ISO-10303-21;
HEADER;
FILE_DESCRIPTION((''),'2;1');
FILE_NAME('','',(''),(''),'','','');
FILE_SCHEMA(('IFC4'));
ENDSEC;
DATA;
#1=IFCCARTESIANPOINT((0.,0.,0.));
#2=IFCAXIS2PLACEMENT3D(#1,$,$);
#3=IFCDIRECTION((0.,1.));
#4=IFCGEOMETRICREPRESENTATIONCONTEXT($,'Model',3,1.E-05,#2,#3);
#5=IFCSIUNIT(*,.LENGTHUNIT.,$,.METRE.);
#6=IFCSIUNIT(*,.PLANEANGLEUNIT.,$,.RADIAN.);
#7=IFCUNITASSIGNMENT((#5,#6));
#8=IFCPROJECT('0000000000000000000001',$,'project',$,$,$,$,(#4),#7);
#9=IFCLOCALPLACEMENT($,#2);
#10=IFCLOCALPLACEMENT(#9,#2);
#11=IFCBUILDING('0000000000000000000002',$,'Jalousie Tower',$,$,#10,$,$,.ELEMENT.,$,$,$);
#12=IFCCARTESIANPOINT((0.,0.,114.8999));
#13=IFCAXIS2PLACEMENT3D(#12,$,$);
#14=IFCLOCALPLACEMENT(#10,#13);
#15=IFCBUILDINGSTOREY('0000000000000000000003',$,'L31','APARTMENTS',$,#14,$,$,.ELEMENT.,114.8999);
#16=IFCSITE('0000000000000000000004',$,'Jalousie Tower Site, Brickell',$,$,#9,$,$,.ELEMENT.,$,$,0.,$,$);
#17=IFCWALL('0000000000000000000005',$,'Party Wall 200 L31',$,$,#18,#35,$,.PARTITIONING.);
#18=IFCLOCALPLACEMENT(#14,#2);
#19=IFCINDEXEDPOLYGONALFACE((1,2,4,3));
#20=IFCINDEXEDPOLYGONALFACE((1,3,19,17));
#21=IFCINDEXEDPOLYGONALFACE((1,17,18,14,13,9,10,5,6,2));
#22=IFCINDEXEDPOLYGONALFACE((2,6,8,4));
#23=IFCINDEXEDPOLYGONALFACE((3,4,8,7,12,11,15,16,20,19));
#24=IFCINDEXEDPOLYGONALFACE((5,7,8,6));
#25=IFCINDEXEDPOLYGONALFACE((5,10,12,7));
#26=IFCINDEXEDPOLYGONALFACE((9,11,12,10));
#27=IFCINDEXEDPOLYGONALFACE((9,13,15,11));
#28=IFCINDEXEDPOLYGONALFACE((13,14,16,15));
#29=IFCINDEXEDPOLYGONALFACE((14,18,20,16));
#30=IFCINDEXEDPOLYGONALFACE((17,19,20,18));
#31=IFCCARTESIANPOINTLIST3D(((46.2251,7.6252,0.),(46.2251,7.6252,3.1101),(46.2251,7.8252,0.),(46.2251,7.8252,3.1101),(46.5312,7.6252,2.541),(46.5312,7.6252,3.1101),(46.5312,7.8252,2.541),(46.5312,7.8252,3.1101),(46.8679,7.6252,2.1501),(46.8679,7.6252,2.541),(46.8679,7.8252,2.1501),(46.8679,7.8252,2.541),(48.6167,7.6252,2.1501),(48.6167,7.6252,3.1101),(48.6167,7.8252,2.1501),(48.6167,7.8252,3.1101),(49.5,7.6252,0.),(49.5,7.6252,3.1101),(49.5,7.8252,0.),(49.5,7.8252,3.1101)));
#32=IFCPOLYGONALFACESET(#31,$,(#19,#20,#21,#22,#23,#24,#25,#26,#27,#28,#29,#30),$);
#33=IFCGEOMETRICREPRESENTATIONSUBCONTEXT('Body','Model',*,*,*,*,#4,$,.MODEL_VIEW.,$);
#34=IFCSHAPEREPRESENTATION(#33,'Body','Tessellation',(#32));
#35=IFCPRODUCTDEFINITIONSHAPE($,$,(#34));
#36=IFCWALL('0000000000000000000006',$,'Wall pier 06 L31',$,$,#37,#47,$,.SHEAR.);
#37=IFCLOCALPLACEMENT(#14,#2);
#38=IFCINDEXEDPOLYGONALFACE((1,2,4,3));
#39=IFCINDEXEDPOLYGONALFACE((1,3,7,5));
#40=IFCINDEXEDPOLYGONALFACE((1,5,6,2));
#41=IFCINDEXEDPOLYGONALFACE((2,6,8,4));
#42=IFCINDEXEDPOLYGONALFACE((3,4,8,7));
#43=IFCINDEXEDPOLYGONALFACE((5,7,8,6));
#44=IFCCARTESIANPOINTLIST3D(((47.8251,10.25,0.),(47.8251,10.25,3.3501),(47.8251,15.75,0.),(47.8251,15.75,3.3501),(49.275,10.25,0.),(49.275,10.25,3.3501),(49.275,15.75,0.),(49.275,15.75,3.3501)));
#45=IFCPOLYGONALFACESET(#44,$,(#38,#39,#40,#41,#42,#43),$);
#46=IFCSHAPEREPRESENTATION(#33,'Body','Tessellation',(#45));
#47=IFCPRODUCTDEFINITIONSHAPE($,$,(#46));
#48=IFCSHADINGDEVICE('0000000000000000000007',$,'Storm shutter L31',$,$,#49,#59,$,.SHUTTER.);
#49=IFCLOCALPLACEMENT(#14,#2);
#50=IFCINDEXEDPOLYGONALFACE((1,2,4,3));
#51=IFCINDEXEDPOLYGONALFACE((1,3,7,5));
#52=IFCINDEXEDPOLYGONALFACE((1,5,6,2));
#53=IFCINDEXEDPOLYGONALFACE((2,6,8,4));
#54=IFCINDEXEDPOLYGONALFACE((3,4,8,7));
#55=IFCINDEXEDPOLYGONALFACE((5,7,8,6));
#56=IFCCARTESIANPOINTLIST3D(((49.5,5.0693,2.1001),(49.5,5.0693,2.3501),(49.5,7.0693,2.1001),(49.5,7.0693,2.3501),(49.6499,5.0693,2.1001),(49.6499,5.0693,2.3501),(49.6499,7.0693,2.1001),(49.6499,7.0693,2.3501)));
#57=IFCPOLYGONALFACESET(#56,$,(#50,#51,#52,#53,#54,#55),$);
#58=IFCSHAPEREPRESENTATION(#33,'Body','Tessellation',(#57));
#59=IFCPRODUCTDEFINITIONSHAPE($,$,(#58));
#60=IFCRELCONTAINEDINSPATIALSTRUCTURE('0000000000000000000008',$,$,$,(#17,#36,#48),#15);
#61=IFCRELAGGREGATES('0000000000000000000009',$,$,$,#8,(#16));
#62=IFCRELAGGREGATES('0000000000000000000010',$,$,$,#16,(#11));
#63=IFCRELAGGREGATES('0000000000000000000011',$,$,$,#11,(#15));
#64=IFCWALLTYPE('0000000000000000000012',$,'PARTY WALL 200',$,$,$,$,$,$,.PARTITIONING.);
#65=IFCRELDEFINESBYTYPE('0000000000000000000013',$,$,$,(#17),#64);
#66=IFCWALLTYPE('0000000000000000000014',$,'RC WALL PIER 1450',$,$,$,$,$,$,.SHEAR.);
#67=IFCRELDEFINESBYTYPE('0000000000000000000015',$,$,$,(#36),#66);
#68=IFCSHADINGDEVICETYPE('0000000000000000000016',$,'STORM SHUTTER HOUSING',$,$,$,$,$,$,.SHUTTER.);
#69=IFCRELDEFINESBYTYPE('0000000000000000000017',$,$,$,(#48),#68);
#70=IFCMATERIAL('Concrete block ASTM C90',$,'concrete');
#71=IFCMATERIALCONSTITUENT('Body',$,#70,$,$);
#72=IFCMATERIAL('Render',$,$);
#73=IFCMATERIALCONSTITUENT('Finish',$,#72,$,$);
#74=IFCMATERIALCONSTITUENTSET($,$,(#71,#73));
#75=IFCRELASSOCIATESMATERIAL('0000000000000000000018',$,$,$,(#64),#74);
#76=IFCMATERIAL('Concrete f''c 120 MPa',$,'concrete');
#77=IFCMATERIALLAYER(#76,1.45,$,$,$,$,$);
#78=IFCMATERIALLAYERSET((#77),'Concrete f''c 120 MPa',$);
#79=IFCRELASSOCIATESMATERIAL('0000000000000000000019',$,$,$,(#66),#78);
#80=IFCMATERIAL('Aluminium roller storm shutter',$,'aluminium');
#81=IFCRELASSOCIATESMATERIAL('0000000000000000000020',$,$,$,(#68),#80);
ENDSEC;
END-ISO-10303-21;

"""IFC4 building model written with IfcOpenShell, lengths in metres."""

from ifc_helpers import new_model, si_unit, direction, frame, frame_2d, origin, origin_2d, place, context, subcontext, project, spatial, polyline, rectangle, outline, extrude, material, layer, layer_set, constituent, constituent_set, type_object, element, save


model = new_model("IFC4")

# Units and contexts
model_context = context("Model", 3, precision=1e-05, world=origin(), true_north=direction((0.0, 1.0)))
body_context = subcontext(model_context, "Body", "Model", "MODEL_VIEW")
ifc_project = project(units=[si_unit("LENGTHUNIT", "METRE"), si_unit("PLANEANGLEUNIT", "RADIAN")], contexts=[model_context])

# Site, building, storey
site_placement = place(None, origin())
site = spatial("IfcSite", under=ifc_project, at=site_placement, Name="Jalousie Tower Site, Brickell", CompositionType="ELEMENT", RefElevation=0.0)
building_placement = place(site_placement, origin())
building = spatial("IfcBuilding", under=site, at=building_placement, Name="Jalousie Tower", CompositionType="ELEMENT")
storey_placement = place(building_placement, frame((0.0, 0.0, 114.8999)))
storey = spatial("IfcBuildingStorey", under=building, at=storey_placement, Name="L31", Description="APARTMENTS", CompositionType="ELEMENT", Elevation=114.8999)

# Walls
ifc_material_1 = material(Name="Concrete block ASTM C90", Category="concrete")
ifc_constituent_1 = constituent(ifc_material_1, Name="Body")
ifc_material_2 = material(Name="Render")
ifc_constituent_2 = constituent(ifc_material_2, Name="Finish")
ifc_constituent_set_1 = constituent_set(constituents=[ifc_constituent_1, ifc_constituent_2])
wall_type_1 = type_object("IfcWallType", Name="PARTY WALL 200", PredefinedType="PARTITIONING", material=ifc_constituent_set_1)
wall_1_placement = place(storey_placement, frame((46.2251, 7.7251, 0.0), z_axis=(0.0, 0.0, 1.0), x_axis=(1.0, 0.0, 0.0)))
element("IfcWall", 1, at=wall_1_placement, inside=storey, type_object=wall_type_1, Name="Party Wall 200 L31", PredefinedType="PARTITIONING", context=body_context, shape_type="SweptSolid", body=[
    extrude(outline(polyline([(0.0, 0.0), (3.2749, 0.0), (3.2749, 3.1101), (2.3916, 3.1101), (2.3916, 2.1501), (0.6428, 2.1501), (0.6428, 2.541), (0.3062, 2.541), (0.3062, 3.1101), (0.0, 3.1101), (0.0, 0.0)])), frame((0.0, 0.1001, 0.0), z_axis=(0.0, -1.0, 0.0), x_axis=(1.0, 0.0, 0.0)), (0.0, 0.0, 1.0), 0.2),
])
ifc_material_3 = material(Name="Concrete f'c 120 MPa", Category="concrete")
ifc_layer_1 = layer(ifc_material_3, 1.45)
ifc_layer_set_1 = layer_set([ifc_layer_1], Name="Concrete f'c 120 MPa")
wall_type_2 = type_object("IfcWallType", Name="RC WALL PIER 1450", PredefinedType="SHEAR", material=ifc_layer_set_1)
wall_2_placement = place(storey_placement, frame((48.55, 10.25, 0.0), z_axis=(0.0, 0.0, 1.0), x_axis=(0.0, 1.0, 0.0)))
element("IfcWall", 2, at=wall_2_placement, inside=storey, type_object=wall_type_2, Name="Wall pier 06 L31", PredefinedType="SHEAR", context=body_context, shape_type="SweptSolid", body=[
    extrude(rectangle(XDim=5.5, YDim=1.45, at=frame_2d((2.75, 0.0))), origin(), (0.0, 0.0, 1.0), 3.3501),
])

# Shading device
ifc_material_4 = material(Name="Aluminium roller storm shutter", Category="aluminium")
shading_device_type = type_object("IfcShadingDeviceType", Name="STORM SHUTTER HOUSING", PredefinedType="SHUTTER", material=ifc_material_4)
shading_device_placement = place(storey_placement, frame((49.575, 6.0693, 2.1001), z_axis=(0.0, 0.0, 1.0), x_axis=(0.0, 1.0, 0.0)))
element("IfcShadingDevice", 3, at=shading_device_placement, inside=storey, type_object=shading_device_type, Name="Storm shutter L31", PredefinedType="SHUTTER", context=body_context, shape_type="SweptSolid", body=[
    extrude(rectangle(XDim=2.0, YDim=0.1499, at=origin_2d()), origin(), (0.0, 0.0, 1.0), 0.25),
])

save(model, "model.ifc")
